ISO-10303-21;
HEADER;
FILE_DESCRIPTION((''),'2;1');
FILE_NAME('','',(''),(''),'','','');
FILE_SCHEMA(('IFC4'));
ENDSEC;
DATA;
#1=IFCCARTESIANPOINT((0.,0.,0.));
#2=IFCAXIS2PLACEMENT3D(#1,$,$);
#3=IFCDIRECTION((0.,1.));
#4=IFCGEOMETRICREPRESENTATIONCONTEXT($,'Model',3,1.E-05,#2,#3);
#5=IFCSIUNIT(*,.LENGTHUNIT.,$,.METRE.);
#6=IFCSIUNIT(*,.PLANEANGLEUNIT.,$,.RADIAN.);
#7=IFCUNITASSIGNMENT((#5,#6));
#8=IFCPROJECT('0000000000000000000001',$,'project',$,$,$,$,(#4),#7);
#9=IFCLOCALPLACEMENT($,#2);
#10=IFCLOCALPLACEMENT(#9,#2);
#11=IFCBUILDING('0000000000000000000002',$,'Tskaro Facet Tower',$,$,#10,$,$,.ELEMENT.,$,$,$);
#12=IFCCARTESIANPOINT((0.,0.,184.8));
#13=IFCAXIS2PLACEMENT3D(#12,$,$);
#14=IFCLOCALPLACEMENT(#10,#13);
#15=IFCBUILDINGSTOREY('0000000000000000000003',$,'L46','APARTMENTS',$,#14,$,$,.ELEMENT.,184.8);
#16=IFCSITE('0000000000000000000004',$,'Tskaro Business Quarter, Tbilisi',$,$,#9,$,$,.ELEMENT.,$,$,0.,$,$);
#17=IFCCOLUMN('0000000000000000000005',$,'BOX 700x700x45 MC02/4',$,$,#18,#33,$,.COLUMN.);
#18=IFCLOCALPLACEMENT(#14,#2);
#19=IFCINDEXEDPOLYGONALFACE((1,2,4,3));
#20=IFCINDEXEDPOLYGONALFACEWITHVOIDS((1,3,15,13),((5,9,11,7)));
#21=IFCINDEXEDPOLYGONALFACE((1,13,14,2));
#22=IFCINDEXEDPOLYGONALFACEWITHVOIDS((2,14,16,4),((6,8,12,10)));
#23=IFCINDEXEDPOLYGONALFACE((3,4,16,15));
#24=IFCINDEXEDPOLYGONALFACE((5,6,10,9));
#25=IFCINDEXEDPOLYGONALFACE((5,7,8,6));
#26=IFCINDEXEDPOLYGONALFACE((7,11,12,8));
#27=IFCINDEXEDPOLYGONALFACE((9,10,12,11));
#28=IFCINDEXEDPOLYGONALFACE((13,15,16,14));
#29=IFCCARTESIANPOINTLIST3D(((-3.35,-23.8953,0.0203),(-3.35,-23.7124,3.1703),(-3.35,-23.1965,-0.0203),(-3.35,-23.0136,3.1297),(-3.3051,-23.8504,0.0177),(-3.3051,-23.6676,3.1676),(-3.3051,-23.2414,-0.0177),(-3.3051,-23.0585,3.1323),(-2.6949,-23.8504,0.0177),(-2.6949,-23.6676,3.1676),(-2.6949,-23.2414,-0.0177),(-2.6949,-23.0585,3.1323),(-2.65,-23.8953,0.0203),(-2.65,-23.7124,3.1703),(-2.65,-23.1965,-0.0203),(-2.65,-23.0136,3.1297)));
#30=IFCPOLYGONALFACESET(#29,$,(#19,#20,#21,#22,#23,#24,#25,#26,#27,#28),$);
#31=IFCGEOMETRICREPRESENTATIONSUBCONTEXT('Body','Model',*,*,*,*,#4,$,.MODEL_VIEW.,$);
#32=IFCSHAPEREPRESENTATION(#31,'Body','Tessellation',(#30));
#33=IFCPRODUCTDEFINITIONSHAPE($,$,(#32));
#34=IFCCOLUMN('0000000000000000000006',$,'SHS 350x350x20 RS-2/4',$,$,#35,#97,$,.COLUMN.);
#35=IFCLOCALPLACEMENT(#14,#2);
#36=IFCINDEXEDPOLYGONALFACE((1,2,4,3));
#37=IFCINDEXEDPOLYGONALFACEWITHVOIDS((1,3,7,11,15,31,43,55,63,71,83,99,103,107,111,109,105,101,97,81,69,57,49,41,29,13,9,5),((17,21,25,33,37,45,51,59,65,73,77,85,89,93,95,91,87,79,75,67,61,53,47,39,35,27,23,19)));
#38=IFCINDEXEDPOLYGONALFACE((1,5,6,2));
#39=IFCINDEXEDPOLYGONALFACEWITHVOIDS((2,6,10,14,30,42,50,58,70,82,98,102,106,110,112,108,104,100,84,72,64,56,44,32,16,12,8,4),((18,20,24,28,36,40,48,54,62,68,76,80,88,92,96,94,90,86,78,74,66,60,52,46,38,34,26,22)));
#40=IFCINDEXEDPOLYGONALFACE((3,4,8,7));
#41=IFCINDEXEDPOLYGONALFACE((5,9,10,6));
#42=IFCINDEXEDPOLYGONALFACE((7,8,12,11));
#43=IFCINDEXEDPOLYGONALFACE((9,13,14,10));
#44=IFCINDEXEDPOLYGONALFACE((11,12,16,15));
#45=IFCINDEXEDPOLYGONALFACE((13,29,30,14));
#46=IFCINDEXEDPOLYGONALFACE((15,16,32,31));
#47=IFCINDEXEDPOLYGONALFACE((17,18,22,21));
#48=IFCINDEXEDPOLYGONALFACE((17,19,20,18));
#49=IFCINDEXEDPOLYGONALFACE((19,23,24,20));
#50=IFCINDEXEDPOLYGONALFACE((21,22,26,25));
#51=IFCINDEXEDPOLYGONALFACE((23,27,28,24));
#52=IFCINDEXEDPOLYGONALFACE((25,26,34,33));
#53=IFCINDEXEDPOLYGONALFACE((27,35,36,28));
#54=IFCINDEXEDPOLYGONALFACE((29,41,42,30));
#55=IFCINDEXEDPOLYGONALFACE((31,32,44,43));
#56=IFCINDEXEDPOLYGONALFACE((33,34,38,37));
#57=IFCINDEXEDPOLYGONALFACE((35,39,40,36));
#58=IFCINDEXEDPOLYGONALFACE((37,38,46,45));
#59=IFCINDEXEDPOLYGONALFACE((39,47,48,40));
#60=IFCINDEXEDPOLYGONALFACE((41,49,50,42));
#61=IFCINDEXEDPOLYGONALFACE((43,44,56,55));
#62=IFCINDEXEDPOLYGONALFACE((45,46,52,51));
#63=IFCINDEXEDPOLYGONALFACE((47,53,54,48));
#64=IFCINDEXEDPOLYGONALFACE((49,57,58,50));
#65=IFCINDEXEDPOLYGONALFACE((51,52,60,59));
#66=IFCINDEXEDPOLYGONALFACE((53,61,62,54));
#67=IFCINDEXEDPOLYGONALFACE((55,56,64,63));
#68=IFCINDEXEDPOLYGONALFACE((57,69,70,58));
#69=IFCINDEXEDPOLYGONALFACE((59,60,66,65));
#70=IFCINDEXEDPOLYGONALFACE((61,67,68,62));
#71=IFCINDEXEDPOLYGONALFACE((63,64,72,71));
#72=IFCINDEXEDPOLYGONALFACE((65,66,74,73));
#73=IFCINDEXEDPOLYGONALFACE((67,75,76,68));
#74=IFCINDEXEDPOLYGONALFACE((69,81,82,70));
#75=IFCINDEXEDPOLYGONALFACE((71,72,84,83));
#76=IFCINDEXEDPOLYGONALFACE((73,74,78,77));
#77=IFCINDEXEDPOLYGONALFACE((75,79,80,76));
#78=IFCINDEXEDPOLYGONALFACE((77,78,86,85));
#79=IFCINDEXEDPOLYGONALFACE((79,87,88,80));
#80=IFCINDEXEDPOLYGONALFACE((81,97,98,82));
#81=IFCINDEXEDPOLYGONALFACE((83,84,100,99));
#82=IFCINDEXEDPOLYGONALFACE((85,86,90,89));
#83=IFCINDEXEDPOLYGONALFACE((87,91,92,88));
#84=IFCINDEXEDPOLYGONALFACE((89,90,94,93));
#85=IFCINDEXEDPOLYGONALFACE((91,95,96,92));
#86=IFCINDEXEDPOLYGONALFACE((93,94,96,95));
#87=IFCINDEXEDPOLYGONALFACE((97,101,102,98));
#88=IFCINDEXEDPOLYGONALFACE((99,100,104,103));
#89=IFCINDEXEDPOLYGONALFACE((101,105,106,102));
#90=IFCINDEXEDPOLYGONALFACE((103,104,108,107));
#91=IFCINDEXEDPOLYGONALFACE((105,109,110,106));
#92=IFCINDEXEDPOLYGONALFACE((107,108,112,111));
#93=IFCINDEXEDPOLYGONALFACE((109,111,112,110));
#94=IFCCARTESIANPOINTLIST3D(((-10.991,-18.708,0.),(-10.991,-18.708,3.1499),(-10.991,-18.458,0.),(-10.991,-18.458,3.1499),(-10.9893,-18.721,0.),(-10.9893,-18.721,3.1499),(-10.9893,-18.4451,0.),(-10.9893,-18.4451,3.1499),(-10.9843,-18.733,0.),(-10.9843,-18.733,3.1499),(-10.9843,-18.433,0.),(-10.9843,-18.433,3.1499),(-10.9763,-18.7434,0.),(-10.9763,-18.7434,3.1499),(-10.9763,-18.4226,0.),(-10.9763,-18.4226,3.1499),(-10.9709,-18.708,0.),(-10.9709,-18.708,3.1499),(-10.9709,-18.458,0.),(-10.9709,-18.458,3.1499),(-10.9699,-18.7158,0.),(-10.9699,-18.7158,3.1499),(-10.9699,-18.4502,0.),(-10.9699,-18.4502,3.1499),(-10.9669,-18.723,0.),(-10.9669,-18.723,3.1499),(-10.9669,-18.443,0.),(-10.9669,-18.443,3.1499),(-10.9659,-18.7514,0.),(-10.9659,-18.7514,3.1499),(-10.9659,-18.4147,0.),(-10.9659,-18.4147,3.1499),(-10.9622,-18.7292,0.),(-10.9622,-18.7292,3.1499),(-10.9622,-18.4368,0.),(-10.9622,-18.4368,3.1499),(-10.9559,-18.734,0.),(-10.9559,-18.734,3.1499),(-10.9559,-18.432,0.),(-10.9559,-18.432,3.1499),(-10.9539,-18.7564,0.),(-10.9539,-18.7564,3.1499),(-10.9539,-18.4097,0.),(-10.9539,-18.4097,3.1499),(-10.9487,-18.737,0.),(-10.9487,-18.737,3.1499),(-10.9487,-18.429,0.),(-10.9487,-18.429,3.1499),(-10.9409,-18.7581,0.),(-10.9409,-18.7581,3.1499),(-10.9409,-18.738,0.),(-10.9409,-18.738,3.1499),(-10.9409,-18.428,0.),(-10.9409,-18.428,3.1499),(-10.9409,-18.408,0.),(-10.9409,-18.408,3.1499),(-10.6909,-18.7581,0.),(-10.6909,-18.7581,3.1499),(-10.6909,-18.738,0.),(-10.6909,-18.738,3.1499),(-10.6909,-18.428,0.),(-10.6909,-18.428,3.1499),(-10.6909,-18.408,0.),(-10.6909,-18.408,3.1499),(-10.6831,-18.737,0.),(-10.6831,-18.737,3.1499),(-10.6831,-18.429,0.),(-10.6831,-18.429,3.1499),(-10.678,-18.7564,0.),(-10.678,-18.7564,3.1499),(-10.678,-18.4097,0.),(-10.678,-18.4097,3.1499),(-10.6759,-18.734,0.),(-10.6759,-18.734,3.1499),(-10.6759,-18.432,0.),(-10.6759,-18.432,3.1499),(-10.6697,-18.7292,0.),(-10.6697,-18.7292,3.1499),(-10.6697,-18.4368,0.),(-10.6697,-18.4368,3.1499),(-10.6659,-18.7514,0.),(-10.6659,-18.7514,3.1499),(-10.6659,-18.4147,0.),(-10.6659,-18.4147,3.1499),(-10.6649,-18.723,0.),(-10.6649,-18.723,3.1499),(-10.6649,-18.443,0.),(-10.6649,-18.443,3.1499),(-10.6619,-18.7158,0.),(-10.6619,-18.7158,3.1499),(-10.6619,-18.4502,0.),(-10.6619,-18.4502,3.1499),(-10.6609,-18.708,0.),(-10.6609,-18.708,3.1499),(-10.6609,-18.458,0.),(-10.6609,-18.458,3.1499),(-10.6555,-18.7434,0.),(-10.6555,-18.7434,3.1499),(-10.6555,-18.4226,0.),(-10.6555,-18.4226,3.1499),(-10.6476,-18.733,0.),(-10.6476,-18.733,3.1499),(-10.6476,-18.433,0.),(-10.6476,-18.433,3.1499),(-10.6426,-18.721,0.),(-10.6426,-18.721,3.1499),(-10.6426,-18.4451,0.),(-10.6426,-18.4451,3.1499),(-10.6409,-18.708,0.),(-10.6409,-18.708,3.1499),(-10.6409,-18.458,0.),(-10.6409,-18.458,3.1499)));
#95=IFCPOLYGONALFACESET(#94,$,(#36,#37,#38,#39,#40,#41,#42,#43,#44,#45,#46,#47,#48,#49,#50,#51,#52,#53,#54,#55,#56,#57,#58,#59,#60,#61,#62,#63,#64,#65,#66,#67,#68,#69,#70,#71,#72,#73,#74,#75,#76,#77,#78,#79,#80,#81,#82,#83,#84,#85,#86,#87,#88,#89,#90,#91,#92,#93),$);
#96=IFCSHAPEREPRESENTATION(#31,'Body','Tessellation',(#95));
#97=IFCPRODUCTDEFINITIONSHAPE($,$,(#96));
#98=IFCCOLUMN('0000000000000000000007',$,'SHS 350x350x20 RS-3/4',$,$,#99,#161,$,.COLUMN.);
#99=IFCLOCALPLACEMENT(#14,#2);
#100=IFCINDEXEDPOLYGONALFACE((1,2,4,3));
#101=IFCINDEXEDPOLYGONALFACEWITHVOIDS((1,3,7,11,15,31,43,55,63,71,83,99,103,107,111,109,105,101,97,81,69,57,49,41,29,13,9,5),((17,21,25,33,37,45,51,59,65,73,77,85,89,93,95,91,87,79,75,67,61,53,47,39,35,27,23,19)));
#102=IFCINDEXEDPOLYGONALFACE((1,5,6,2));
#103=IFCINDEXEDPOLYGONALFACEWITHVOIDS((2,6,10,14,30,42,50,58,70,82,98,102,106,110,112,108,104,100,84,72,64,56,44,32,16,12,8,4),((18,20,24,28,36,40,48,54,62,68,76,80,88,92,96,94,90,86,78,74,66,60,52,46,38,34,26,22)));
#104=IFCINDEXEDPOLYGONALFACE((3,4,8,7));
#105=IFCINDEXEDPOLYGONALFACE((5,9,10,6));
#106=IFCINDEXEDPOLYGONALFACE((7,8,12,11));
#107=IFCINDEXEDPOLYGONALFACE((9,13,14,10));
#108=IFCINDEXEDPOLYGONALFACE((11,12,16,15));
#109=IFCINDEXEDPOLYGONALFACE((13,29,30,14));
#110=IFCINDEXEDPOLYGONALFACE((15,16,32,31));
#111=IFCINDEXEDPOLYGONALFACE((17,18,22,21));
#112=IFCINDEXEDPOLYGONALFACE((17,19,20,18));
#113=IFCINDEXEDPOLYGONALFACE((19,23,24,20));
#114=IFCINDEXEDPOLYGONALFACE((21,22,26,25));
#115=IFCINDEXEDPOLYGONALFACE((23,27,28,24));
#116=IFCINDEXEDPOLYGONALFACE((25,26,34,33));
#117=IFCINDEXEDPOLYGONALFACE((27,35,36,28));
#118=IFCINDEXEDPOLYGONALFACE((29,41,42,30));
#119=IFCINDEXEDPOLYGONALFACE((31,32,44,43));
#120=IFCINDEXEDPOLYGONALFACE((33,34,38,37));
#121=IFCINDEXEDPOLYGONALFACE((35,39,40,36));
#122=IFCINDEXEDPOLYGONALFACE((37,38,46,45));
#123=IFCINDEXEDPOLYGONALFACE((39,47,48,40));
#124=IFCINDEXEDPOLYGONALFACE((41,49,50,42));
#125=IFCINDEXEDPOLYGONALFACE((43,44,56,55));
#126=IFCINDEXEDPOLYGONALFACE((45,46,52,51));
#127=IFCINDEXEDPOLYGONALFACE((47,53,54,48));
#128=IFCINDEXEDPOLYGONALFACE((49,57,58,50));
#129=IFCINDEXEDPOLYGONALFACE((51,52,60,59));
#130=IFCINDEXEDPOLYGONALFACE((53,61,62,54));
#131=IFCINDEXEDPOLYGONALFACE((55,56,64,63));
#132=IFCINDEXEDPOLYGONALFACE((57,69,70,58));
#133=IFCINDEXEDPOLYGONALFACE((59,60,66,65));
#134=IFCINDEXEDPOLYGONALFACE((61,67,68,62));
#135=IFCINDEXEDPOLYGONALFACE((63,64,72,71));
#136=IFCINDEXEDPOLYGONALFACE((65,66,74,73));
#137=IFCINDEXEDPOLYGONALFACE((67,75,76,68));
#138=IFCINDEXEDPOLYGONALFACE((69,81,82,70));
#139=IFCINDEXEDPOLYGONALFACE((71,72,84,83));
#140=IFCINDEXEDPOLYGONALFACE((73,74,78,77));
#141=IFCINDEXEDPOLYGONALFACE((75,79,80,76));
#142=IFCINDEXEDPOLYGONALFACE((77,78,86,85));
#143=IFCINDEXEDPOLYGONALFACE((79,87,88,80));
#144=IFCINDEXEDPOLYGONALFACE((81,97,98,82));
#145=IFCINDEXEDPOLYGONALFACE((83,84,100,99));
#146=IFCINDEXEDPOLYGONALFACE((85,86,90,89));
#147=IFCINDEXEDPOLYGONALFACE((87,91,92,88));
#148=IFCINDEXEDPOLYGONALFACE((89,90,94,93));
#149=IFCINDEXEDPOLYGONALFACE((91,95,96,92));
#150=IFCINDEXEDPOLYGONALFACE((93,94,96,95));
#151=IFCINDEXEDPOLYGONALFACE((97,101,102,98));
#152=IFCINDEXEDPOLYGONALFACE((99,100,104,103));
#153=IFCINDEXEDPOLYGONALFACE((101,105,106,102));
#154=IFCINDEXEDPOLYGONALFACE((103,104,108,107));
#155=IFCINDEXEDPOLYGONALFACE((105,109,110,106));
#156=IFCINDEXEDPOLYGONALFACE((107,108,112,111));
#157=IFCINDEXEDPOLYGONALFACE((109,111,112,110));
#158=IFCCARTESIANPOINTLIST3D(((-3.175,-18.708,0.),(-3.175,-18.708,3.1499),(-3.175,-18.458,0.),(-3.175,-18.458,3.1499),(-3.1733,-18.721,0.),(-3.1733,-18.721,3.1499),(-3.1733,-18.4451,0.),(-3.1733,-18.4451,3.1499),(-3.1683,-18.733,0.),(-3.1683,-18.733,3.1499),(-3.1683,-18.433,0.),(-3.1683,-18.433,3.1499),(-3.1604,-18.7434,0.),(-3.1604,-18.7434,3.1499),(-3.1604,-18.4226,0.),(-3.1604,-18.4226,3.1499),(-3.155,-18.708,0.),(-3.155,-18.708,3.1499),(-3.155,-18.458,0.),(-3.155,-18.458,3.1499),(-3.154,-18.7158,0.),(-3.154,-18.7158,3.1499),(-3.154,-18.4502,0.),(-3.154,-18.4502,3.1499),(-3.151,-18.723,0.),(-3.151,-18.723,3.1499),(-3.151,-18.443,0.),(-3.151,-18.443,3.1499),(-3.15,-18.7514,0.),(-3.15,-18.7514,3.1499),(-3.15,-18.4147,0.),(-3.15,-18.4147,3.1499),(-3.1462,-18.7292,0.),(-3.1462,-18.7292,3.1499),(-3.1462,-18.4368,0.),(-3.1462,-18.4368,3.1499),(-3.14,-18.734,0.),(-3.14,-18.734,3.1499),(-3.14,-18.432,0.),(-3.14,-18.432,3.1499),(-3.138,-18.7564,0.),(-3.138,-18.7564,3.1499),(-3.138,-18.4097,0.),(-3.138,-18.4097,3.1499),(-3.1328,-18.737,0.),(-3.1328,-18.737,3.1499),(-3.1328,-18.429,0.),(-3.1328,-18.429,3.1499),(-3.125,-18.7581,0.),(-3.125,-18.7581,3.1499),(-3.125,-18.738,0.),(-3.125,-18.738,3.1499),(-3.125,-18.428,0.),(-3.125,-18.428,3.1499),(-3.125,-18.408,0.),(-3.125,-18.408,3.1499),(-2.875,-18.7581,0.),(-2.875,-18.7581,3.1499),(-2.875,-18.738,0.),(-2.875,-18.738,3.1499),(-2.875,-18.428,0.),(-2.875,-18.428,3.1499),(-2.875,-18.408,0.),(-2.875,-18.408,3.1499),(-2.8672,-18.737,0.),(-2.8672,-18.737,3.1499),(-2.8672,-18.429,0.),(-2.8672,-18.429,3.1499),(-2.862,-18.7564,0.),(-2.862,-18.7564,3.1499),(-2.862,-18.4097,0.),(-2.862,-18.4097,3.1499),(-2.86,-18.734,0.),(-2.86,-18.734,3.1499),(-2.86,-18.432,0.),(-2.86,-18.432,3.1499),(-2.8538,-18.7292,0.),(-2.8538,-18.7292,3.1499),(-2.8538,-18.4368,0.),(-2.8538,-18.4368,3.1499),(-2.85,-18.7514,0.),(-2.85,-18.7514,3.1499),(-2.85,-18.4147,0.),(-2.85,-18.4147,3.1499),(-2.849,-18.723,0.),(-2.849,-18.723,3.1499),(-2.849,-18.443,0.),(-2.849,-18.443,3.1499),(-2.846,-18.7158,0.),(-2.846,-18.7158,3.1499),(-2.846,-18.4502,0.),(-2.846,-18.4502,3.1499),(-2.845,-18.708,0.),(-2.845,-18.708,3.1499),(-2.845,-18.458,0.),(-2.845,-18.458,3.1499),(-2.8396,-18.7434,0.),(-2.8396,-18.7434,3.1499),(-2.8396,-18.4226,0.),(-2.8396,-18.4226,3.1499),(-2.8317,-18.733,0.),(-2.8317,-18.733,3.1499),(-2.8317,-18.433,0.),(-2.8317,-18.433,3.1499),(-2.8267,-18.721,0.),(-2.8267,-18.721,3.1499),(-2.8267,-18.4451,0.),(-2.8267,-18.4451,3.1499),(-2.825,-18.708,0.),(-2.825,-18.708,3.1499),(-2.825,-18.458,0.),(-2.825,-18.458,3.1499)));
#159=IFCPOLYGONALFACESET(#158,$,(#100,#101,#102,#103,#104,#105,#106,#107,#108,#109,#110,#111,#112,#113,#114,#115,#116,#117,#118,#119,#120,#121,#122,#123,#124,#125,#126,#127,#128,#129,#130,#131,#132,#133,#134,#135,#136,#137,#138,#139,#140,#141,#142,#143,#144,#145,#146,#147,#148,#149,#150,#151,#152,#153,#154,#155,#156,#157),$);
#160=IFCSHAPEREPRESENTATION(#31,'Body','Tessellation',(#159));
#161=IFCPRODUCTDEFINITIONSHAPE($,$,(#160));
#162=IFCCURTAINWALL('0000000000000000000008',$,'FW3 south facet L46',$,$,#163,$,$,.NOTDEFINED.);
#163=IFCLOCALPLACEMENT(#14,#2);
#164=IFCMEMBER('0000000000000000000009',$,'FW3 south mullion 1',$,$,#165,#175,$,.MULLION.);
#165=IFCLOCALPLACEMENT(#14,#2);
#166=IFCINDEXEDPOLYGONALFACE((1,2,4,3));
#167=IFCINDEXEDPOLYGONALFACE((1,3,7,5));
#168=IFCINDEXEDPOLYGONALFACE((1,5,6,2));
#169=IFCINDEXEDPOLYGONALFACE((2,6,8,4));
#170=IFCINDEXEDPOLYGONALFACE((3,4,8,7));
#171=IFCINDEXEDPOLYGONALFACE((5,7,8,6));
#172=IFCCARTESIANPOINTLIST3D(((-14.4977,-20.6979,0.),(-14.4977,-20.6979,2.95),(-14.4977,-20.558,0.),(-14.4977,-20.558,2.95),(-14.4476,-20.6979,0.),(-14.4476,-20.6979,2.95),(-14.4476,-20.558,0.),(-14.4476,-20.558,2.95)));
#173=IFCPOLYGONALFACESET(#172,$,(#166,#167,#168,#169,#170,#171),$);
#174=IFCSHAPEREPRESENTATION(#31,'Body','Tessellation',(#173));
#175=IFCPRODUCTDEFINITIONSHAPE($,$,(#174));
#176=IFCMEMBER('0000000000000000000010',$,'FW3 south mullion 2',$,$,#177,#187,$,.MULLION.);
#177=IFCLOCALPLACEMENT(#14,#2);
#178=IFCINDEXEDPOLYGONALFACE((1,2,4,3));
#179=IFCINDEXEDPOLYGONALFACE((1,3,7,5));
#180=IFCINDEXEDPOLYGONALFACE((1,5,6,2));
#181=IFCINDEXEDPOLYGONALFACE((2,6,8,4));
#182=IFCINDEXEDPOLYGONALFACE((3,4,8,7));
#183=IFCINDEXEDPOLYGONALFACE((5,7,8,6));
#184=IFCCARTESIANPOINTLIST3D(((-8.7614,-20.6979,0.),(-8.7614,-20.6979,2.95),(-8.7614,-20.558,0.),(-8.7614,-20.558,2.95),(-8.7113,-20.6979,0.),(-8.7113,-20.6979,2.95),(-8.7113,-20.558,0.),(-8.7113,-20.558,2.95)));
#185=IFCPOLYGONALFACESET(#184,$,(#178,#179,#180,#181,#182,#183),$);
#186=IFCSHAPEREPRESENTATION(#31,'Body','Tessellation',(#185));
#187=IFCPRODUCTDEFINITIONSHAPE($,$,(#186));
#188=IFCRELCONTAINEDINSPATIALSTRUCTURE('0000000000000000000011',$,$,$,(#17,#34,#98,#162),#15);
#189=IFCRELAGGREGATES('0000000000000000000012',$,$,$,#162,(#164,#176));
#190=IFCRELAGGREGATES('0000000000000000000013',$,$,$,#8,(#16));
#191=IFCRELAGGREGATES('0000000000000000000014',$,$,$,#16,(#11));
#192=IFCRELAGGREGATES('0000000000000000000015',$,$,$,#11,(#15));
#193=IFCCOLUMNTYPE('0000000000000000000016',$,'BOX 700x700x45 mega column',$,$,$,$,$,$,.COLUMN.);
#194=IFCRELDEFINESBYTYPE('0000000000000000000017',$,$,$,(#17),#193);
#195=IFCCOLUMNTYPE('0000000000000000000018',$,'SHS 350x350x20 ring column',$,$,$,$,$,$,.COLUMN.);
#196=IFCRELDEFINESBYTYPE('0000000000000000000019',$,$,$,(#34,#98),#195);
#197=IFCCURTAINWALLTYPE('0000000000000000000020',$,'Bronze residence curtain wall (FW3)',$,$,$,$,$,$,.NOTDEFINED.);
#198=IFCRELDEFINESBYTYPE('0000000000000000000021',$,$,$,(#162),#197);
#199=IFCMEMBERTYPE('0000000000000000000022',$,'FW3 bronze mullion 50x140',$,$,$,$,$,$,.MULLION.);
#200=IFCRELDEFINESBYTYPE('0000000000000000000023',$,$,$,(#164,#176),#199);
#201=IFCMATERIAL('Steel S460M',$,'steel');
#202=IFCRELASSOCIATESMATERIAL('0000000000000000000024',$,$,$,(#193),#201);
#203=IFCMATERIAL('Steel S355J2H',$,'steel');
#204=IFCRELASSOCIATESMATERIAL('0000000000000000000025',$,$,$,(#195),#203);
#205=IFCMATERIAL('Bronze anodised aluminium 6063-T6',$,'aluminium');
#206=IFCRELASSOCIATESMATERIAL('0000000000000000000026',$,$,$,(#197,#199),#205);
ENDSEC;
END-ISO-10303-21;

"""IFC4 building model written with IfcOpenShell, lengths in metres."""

from ifc_helpers import new_model, si_unit, direction, frame, origin, origin_2d, place, context, subcontext, project, spatial, rectangle, hollow_rectangle, extrude, material, material_profile, profile_set, type_object, element, aggregate, save


model = new_model("IFC4")

# Units and contexts
model_context = context("Model", 3, precision=1e-05, world=origin(), true_north=direction((0.0, 1.0)))
body_context = subcontext(model_context, "Body", "Model", "MODEL_VIEW")
ifc_project = project(units=[si_unit("LENGTHUNIT", "METRE"), si_unit("PLANEANGLEUNIT", "RADIAN")], contexts=[model_context])

# Site, building, storey
site_placement = place(None, origin())
site = spatial("IfcSite", under=ifc_project, at=site_placement, Name="Tskaro Business Quarter, Tbilisi", CompositionType="ELEMENT", RefElevation=0.0)
building_placement = place(site_placement, origin())
building = spatial("IfcBuilding", under=site, at=building_placement, Name="Tskaro Facet Tower", CompositionType="ELEMENT")
storey_placement = place(building_placement, frame((0.0, 0.0, 184.8)))
storey = spatial("IfcBuildingStorey", under=building, at=storey_placement, Name="L46", Description="APARTMENTS", CompositionType="ELEMENT", Elevation=184.8)

# Columns
ifc_material_1 = material(Name="Steel S460M", Category="steel")
ifc_material_profile_1 = material_profile(ifc_material_1, hollow_rectangle(XDim=0.7, YDim=0.7, WallThickness=0.0449, at=origin_2d()), Name="BOX 700x700x45")
ifc_profile_set_1 = profile_set([ifc_material_profile_1], Name="Steel S460M")
column_type_1 = type_object("IfcColumnType", Name="BOX 700x700x45 mega column", PredefinedType="COLUMN", material=ifc_profile_set_1)
column_placement = place(storey_placement, frame((-3.0, -23.5459, 0.0), z_axis=(0.0, 0.057955, 0.998319), x_axis=(-1.0, 0.0, 0.0)))
element("IfcColumn", 1, at=column_placement, inside=storey, type_object=column_type_1, Name="BOX 700x700x45 MC02/4", PredefinedType="COLUMN", context=body_context, shape_type="SweptSolid", body=[
    extrude(hollow_rectangle(XDim=0.7, YDim=0.7, WallThickness=0.0449, at=origin_2d()), origin(), (0.0, 0.0, 1.0), 3.1553),
])
ifc_material_2 = material(Name="Steel S355J2H", Category="steel")
ifc_material_profile_2 = material_profile(ifc_material_2, hollow_rectangle(XDim=0.3501, YDim=0.3501, WallThickness=0.02, InnerFilletRadius=0.03, OuterFilletRadius=0.05, at=origin_2d()), Name="SHS 350x350x20")
ifc_profile_set_2 = profile_set([ifc_material_profile_2], Name="Steel S355J2H")
column_type_2 = type_object("IfcColumnType", Name="SHS 350x350x20 ring column", PredefinedType="COLUMN", material=ifc_profile_set_2)
for number, where, z_axis, x_axis, name in (
    (2, (-10.8159, -18.583, 0.0), (0.0, 0.0, 1.0), (1.0, 0.0, 0.0), "SHS 350x350x20 RS-2/4"),
    (3, (-3.0, -18.583, 0.0), (0.0, 0.0, 1.0), (1.0, 0.0, 0.0), "SHS 350x350x20 RS-3/4"),
):
    element("IfcColumn", number, at=place(storey_placement, frame(where, z_axis=z_axis, x_axis=x_axis)), inside=storey, type_object=column_type_2, Name=name, PredefinedType="COLUMN", context=body_context, shape_type="SweptSolid", body=[
        extrude(hollow_rectangle(XDim=0.3501, YDim=0.3501, WallThickness=0.02, InnerFilletRadius=0.03, OuterFilletRadius=0.05, at=origin_2d()), origin(), (0.0, 0.0, 1.0), 3.1499),
    ])

# Curtain wall, members
ifc_material_3 = material(Name="Bronze anodised aluminium 6063-T6", Category="aluminium")
curtain_wall_type = type_object("IfcCurtainWallType", Name="Bronze residence curtain wall (FW3)", PredefinedType="NOTDEFINED", material=ifc_material_3)
curtain_wall_placement = place(storey_placement, origin())
curtain_wall = element("IfcCurtainWall", 4, at=curtain_wall_placement, inside=storey, type_object=curtain_wall_type, Name="FW3 south facet L46", PredefinedType="NOTDEFINED")
ifc_material_profile_3 = material_profile(ifc_material_3, rectangle(XDim=0.05, YDim=0.1399, at=origin_2d()), Name="Mullion 50x140")
ifc_profile_set_3 = profile_set([ifc_material_profile_3], Name="Bronze anodised aluminium 6063-T6")
member_type_1 = type_object("IfcMemberType", Name="FW3 bronze mullion 50x140", PredefinedType="MULLION", material=ifc_profile_set_3)
member_1_placement = place(storey_placement, frame((-14.4727, -20.6279, 0.0), z_axis=(0.0, 0.0, 1.0), x_axis=(1.0, 0.0, 0.0)))
member_1 = element("IfcMember", 5, at=member_1_placement, type_object=member_type_1, Name="FW3 south mullion 1", PredefinedType="MULLION", context=body_context, shape_type="SweptSolid", body=[
    extrude(rectangle(XDim=0.05, YDim=0.1399, at=origin_2d()), origin(), (0.0, 0.0, 1.0), 2.95),
])
member_2_placement = place(storey_placement, frame((-8.7363, -20.6279, 0.0), z_axis=(0.0, 0.0, 1.0), x_axis=(1.0, 0.0, 0.0)))
member_2 = element("IfcMember", 6, at=member_2_placement, type_object=member_type_1, Name="FW3 south mullion 2", PredefinedType="MULLION", context=body_context, shape_type="SweptSolid", body=[
    extrude(rectangle(XDim=0.05, YDim=0.1399, at=origin_2d()), origin(), (0.0, 0.0, 1.0), 2.95),
])

aggregate(curtain_wall, [member_1, member_2])

save(model, "model.ifc")
